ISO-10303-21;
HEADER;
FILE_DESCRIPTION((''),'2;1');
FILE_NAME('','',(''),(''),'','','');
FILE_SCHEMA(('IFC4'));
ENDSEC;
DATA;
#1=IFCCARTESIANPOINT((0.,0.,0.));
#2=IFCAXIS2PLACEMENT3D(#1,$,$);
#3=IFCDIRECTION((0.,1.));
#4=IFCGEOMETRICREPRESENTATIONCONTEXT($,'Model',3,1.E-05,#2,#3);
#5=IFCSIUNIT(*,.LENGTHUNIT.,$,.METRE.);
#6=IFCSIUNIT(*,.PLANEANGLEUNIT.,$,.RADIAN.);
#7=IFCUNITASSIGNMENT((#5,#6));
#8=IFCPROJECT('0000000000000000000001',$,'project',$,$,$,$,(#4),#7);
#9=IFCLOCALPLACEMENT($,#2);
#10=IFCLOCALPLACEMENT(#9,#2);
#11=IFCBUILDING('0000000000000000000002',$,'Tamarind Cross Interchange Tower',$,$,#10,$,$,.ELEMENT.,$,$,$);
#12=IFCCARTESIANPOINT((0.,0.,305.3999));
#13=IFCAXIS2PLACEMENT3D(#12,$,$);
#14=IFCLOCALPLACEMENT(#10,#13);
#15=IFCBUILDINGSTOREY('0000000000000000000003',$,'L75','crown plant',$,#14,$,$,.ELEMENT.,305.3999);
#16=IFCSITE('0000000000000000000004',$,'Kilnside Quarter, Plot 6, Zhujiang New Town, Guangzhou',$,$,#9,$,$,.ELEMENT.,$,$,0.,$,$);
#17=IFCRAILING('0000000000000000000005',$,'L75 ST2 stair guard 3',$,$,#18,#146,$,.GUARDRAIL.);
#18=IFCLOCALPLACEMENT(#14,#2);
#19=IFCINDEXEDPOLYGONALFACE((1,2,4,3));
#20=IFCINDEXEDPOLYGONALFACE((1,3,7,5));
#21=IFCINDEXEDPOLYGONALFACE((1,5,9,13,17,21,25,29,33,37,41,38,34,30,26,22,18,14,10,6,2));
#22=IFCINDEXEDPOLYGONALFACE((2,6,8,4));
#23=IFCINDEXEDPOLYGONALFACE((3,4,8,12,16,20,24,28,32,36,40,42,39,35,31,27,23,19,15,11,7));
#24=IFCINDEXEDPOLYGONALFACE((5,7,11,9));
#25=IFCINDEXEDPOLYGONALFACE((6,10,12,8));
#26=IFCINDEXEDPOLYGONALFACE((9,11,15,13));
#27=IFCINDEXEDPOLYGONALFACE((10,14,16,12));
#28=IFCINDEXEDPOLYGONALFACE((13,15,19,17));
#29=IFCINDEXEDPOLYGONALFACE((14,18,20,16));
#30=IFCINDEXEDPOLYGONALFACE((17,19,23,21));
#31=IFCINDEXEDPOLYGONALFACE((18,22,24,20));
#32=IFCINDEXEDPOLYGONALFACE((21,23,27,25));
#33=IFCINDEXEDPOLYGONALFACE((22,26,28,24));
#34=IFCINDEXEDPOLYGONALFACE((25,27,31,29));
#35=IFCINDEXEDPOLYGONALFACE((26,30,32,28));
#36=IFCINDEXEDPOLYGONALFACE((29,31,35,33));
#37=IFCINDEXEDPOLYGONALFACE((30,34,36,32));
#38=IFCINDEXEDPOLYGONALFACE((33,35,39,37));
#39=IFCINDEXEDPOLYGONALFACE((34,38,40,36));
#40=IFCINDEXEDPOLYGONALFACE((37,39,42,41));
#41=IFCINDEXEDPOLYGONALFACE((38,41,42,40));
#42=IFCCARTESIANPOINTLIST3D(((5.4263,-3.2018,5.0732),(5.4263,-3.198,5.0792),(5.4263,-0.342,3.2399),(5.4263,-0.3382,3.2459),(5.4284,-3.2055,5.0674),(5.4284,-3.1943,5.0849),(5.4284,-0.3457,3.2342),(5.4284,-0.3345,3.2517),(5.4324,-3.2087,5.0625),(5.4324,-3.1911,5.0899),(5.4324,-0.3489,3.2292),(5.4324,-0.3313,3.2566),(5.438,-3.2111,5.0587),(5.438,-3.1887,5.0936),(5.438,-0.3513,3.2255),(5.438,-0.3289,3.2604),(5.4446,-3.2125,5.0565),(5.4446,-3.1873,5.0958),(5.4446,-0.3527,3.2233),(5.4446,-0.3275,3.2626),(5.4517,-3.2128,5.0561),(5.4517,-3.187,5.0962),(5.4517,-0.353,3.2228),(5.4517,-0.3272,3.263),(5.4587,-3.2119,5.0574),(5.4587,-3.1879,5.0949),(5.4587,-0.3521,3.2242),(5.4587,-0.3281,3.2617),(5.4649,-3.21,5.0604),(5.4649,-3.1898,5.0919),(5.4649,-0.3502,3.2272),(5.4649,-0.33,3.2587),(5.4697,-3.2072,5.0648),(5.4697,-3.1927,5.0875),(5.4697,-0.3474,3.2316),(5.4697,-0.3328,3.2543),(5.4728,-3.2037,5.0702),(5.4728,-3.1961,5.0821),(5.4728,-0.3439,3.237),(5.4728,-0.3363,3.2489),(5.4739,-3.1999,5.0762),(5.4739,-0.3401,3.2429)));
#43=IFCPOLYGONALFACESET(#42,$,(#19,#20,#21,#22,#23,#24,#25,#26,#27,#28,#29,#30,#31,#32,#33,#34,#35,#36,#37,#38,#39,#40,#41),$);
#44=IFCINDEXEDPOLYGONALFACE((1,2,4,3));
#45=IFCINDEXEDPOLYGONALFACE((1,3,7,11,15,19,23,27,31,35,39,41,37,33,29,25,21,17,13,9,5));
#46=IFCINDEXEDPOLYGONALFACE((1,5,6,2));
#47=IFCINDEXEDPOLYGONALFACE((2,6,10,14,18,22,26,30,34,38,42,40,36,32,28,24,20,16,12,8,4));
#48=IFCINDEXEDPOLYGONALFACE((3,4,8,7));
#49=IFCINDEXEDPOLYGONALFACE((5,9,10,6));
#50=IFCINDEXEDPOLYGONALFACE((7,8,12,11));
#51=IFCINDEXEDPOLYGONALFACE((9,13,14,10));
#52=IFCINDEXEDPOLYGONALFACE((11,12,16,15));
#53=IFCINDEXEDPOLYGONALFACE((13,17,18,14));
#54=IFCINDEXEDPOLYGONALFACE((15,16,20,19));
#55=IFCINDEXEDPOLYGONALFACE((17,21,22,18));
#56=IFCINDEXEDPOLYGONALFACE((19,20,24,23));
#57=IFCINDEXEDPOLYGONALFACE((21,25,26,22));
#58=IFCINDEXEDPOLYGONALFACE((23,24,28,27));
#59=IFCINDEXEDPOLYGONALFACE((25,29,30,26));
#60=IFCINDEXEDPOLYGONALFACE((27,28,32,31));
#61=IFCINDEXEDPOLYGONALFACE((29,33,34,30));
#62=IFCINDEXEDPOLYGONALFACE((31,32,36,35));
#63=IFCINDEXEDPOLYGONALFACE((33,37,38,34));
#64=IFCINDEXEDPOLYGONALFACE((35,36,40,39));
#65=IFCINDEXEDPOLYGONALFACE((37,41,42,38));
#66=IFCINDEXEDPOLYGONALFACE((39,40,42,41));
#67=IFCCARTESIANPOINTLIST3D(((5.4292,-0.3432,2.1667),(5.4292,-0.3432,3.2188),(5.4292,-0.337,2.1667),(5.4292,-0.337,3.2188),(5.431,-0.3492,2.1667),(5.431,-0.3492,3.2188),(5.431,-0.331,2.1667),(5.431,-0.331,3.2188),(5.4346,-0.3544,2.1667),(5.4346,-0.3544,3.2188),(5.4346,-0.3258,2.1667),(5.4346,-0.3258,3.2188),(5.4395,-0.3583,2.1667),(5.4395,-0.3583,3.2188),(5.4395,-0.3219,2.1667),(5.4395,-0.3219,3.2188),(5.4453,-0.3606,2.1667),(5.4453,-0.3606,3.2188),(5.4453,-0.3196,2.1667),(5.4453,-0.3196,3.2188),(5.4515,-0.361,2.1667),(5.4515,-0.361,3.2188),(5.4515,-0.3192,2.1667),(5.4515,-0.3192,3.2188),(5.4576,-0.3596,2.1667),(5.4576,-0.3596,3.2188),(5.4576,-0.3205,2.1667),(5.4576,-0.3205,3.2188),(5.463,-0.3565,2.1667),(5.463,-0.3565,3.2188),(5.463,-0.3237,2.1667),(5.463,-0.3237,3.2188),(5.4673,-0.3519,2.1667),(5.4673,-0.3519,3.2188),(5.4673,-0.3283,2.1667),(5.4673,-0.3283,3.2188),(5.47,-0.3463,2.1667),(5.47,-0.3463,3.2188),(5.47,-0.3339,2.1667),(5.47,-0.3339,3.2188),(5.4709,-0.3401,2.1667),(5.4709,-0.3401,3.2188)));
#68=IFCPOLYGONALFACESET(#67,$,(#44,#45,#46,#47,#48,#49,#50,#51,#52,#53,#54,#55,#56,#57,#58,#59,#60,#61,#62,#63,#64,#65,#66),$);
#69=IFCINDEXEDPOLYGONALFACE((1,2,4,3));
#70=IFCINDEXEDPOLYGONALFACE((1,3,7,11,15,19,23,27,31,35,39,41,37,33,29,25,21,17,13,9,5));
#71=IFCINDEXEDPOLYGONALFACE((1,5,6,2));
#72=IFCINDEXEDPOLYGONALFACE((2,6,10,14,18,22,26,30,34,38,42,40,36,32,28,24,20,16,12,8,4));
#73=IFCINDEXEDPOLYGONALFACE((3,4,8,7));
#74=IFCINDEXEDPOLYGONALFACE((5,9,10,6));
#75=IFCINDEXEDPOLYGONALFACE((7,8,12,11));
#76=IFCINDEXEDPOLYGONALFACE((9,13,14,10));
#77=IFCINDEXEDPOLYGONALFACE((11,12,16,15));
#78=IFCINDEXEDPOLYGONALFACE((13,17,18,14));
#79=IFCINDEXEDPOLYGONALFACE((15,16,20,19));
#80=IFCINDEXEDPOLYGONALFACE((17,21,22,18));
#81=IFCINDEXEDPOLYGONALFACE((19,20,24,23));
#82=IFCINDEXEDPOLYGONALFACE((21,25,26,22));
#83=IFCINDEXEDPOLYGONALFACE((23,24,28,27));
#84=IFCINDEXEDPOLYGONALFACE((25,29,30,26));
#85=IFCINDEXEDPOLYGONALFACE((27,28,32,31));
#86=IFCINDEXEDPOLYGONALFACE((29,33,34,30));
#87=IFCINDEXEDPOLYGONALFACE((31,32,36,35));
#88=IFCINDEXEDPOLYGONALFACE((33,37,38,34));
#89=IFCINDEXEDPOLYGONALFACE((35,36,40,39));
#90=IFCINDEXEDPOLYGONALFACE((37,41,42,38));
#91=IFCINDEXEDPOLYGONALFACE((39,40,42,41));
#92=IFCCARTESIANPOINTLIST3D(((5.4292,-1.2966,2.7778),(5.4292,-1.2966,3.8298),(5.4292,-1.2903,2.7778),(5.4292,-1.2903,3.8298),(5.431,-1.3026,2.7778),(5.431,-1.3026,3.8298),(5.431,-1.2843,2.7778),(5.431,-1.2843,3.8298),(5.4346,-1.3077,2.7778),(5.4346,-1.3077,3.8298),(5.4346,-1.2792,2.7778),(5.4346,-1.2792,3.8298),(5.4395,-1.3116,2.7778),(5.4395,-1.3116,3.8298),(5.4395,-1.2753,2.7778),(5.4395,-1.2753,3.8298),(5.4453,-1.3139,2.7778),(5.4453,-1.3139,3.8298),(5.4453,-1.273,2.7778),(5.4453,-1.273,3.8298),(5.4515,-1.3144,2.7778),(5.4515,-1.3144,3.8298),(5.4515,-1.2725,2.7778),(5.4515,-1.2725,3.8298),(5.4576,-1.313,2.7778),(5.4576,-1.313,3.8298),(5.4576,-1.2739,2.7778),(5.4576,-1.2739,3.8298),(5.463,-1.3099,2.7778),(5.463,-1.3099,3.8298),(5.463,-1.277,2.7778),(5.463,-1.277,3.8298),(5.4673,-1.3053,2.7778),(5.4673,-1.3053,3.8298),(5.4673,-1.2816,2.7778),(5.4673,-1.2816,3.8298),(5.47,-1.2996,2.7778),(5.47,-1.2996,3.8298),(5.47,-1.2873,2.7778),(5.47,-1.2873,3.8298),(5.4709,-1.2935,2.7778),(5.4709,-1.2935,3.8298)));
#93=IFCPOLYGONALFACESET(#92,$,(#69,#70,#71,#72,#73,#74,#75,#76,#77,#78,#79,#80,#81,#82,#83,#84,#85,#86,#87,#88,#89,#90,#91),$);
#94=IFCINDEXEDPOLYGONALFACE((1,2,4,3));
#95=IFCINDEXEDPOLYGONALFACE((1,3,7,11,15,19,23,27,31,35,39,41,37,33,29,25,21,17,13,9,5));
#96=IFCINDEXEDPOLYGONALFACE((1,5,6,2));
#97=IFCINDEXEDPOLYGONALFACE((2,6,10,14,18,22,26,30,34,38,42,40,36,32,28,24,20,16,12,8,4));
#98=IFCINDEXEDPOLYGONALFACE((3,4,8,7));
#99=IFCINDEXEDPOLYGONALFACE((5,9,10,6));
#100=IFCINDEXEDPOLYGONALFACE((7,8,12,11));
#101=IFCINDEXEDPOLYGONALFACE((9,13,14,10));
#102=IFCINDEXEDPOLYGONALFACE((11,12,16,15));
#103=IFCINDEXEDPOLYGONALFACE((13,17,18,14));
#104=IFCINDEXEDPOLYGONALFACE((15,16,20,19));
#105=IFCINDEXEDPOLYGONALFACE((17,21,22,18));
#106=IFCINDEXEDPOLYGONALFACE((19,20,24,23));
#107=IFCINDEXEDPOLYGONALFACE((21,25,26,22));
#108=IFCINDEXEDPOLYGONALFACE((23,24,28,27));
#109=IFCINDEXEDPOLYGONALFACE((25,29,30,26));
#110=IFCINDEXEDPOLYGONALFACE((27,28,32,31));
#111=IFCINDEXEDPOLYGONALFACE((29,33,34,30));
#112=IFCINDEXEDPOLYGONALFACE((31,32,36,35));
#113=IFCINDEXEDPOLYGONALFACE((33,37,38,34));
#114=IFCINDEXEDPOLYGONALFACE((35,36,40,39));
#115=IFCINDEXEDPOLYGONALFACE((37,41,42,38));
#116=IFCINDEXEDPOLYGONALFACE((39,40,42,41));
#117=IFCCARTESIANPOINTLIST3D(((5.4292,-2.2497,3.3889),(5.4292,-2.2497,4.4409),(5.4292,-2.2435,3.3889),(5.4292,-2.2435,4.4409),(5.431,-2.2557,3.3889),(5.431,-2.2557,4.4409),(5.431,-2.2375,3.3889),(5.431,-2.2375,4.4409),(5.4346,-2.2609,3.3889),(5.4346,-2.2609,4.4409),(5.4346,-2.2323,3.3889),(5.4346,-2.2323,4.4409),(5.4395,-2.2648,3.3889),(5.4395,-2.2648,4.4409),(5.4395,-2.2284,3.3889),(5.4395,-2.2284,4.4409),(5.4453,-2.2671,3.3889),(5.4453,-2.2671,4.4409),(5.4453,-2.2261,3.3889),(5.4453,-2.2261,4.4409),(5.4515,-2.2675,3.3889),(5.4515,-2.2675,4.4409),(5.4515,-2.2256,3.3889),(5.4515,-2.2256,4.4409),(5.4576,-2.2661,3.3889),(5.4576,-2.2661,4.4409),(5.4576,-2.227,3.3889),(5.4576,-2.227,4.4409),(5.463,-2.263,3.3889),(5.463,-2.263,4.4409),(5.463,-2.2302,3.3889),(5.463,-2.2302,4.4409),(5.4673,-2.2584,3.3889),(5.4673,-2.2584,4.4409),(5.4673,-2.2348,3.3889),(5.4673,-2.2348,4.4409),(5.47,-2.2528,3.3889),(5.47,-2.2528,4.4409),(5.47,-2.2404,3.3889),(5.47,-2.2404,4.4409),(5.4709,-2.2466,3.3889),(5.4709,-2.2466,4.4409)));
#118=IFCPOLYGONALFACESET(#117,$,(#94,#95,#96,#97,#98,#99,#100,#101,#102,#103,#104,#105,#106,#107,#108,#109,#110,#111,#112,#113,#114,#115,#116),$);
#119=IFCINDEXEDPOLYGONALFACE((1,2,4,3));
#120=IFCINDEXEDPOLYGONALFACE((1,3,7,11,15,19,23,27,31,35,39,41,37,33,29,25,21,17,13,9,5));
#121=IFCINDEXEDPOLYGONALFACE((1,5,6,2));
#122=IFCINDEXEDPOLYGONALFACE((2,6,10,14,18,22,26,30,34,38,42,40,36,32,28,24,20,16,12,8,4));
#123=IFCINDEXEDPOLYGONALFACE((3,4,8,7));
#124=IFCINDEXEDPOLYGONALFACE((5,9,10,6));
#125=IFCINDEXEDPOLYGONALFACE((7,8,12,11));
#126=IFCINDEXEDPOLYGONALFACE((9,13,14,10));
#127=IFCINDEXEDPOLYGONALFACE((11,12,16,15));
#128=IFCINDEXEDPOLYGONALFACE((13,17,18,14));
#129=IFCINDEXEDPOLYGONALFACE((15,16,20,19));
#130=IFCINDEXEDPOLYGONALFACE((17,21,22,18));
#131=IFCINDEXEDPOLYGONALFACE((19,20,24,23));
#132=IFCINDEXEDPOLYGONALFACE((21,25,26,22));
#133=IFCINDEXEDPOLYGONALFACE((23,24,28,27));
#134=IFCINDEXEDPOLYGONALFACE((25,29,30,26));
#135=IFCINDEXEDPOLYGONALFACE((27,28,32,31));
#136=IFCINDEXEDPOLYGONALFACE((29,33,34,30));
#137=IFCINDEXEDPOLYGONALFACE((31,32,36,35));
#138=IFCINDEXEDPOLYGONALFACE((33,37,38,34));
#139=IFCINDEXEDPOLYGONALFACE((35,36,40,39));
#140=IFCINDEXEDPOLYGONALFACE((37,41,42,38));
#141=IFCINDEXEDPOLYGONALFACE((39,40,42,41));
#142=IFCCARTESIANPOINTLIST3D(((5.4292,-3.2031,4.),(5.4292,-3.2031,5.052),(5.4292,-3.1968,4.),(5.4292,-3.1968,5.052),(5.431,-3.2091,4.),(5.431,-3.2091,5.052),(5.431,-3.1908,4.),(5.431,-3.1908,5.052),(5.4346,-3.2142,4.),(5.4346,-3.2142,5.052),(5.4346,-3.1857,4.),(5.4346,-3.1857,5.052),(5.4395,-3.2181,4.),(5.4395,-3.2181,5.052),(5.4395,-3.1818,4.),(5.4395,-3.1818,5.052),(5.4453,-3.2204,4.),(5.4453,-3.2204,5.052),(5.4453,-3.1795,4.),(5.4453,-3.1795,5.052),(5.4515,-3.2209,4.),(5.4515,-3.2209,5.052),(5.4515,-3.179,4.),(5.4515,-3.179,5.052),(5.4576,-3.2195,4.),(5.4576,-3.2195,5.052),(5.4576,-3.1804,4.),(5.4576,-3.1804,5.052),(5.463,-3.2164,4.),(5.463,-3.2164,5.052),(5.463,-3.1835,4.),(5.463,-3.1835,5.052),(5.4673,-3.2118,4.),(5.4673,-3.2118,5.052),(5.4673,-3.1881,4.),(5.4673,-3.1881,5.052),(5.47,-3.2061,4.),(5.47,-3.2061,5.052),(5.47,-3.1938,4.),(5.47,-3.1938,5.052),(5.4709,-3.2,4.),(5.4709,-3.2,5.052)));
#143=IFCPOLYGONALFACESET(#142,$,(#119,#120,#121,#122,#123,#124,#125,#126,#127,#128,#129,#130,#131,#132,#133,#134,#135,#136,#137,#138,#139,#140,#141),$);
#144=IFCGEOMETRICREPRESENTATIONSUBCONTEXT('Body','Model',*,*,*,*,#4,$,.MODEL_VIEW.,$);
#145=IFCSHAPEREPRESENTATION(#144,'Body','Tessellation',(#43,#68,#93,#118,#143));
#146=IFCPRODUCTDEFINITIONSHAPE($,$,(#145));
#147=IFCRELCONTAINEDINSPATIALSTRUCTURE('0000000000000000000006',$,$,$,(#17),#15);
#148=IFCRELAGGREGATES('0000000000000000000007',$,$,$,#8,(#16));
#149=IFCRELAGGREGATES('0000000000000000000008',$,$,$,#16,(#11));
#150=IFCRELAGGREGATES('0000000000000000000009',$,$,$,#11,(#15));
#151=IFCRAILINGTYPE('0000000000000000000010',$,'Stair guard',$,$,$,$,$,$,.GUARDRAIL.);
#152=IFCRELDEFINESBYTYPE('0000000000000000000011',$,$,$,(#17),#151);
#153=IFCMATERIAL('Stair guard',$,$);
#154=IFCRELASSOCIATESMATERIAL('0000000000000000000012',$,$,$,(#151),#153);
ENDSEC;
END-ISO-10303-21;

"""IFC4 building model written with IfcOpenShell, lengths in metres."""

from ifc_helpers import new_model, si_unit, direction, frame, origin, origin_2d, place, context, subcontext, project, spatial, circle, extrude, material, type_object, element, save


model = new_model("IFC4")

# Units and contexts
model_context = context("Model", 3, precision=1e-05, world=origin(), true_north=direction((0.0, 1.0)))
body_context = subcontext(model_context, "Body", "Model", "MODEL_VIEW")
ifc_project = project(units=[si_unit("LENGTHUNIT", "METRE"), si_unit("PLANEANGLEUNIT", "RADIAN")], contexts=[model_context])

# Site, building, storey
site_placement = place(None, origin())
site = spatial("IfcSite", under=ifc_project, at=site_placement, Name="Kilnside Quarter, Plot 6, Zhujiang New Town, Guangzhou", CompositionType="ELEMENT", RefElevation=0.0)
building_placement = place(site_placement, origin())
building = spatial("IfcBuilding", under=site, at=building_placement, Name="Tamarind Cross Interchange Tower", CompositionType="ELEMENT")
storey_placement = place(building_placement, frame((0.0, 0.0, 305.3999)))
storey = spatial("IfcBuildingStorey", under=building, at=storey_placement, Name="L75", Description="crown plant", CompositionType="ELEMENT", Elevation=305.3999)

# Railing
ifc_material_1 = material(Name="Stair guard")
railing_type_1 = type_object("IfcRailingType", Name="Stair guard", PredefinedType="GUARDRAIL", material=ifc_material_1)
railing_1_placement = place(storey_placement, frame((5.45, -0.3401, 2.1667)))
element("IfcRailing", 1, at=railing_1_placement, inside=storey, type_object=railing_type_1, Name="L75 ST2 stair guard 3", PredefinedType="GUARDRAIL", context=body_context, shape_type="SweptSolid", body=[
    extrude(circle(Radius=0.0239, at=origin_2d()), frame((0.0, 0.0, 1.0762), z_axis=(0.0, -0.841878, 0.539667), x_axis=(1.0, 0.0, 0.0)), (0.0, 0.0, 1.0), 3.397),
    extrude(circle(Radius=0.021, at=origin_2d()), origin(), (0.0, 0.0, 1.0), 1.052),
    extrude(circle(Radius=0.021, at=origin_2d()), frame((0.0, -0.9534, 0.6111)), (0.0, 0.0, 1.0), 1.052),
    extrude(circle(Radius=0.021, at=origin_2d()), frame((0.0, -1.9065, 1.2222)), (0.0, 0.0, 1.0), 1.052),
    extrude(circle(Radius=0.021, at=origin_2d()), frame((0.0, -2.8599, 1.8333)), (0.0, 0.0, 1.0), 1.052),
])

save(model, "model.ifc")
